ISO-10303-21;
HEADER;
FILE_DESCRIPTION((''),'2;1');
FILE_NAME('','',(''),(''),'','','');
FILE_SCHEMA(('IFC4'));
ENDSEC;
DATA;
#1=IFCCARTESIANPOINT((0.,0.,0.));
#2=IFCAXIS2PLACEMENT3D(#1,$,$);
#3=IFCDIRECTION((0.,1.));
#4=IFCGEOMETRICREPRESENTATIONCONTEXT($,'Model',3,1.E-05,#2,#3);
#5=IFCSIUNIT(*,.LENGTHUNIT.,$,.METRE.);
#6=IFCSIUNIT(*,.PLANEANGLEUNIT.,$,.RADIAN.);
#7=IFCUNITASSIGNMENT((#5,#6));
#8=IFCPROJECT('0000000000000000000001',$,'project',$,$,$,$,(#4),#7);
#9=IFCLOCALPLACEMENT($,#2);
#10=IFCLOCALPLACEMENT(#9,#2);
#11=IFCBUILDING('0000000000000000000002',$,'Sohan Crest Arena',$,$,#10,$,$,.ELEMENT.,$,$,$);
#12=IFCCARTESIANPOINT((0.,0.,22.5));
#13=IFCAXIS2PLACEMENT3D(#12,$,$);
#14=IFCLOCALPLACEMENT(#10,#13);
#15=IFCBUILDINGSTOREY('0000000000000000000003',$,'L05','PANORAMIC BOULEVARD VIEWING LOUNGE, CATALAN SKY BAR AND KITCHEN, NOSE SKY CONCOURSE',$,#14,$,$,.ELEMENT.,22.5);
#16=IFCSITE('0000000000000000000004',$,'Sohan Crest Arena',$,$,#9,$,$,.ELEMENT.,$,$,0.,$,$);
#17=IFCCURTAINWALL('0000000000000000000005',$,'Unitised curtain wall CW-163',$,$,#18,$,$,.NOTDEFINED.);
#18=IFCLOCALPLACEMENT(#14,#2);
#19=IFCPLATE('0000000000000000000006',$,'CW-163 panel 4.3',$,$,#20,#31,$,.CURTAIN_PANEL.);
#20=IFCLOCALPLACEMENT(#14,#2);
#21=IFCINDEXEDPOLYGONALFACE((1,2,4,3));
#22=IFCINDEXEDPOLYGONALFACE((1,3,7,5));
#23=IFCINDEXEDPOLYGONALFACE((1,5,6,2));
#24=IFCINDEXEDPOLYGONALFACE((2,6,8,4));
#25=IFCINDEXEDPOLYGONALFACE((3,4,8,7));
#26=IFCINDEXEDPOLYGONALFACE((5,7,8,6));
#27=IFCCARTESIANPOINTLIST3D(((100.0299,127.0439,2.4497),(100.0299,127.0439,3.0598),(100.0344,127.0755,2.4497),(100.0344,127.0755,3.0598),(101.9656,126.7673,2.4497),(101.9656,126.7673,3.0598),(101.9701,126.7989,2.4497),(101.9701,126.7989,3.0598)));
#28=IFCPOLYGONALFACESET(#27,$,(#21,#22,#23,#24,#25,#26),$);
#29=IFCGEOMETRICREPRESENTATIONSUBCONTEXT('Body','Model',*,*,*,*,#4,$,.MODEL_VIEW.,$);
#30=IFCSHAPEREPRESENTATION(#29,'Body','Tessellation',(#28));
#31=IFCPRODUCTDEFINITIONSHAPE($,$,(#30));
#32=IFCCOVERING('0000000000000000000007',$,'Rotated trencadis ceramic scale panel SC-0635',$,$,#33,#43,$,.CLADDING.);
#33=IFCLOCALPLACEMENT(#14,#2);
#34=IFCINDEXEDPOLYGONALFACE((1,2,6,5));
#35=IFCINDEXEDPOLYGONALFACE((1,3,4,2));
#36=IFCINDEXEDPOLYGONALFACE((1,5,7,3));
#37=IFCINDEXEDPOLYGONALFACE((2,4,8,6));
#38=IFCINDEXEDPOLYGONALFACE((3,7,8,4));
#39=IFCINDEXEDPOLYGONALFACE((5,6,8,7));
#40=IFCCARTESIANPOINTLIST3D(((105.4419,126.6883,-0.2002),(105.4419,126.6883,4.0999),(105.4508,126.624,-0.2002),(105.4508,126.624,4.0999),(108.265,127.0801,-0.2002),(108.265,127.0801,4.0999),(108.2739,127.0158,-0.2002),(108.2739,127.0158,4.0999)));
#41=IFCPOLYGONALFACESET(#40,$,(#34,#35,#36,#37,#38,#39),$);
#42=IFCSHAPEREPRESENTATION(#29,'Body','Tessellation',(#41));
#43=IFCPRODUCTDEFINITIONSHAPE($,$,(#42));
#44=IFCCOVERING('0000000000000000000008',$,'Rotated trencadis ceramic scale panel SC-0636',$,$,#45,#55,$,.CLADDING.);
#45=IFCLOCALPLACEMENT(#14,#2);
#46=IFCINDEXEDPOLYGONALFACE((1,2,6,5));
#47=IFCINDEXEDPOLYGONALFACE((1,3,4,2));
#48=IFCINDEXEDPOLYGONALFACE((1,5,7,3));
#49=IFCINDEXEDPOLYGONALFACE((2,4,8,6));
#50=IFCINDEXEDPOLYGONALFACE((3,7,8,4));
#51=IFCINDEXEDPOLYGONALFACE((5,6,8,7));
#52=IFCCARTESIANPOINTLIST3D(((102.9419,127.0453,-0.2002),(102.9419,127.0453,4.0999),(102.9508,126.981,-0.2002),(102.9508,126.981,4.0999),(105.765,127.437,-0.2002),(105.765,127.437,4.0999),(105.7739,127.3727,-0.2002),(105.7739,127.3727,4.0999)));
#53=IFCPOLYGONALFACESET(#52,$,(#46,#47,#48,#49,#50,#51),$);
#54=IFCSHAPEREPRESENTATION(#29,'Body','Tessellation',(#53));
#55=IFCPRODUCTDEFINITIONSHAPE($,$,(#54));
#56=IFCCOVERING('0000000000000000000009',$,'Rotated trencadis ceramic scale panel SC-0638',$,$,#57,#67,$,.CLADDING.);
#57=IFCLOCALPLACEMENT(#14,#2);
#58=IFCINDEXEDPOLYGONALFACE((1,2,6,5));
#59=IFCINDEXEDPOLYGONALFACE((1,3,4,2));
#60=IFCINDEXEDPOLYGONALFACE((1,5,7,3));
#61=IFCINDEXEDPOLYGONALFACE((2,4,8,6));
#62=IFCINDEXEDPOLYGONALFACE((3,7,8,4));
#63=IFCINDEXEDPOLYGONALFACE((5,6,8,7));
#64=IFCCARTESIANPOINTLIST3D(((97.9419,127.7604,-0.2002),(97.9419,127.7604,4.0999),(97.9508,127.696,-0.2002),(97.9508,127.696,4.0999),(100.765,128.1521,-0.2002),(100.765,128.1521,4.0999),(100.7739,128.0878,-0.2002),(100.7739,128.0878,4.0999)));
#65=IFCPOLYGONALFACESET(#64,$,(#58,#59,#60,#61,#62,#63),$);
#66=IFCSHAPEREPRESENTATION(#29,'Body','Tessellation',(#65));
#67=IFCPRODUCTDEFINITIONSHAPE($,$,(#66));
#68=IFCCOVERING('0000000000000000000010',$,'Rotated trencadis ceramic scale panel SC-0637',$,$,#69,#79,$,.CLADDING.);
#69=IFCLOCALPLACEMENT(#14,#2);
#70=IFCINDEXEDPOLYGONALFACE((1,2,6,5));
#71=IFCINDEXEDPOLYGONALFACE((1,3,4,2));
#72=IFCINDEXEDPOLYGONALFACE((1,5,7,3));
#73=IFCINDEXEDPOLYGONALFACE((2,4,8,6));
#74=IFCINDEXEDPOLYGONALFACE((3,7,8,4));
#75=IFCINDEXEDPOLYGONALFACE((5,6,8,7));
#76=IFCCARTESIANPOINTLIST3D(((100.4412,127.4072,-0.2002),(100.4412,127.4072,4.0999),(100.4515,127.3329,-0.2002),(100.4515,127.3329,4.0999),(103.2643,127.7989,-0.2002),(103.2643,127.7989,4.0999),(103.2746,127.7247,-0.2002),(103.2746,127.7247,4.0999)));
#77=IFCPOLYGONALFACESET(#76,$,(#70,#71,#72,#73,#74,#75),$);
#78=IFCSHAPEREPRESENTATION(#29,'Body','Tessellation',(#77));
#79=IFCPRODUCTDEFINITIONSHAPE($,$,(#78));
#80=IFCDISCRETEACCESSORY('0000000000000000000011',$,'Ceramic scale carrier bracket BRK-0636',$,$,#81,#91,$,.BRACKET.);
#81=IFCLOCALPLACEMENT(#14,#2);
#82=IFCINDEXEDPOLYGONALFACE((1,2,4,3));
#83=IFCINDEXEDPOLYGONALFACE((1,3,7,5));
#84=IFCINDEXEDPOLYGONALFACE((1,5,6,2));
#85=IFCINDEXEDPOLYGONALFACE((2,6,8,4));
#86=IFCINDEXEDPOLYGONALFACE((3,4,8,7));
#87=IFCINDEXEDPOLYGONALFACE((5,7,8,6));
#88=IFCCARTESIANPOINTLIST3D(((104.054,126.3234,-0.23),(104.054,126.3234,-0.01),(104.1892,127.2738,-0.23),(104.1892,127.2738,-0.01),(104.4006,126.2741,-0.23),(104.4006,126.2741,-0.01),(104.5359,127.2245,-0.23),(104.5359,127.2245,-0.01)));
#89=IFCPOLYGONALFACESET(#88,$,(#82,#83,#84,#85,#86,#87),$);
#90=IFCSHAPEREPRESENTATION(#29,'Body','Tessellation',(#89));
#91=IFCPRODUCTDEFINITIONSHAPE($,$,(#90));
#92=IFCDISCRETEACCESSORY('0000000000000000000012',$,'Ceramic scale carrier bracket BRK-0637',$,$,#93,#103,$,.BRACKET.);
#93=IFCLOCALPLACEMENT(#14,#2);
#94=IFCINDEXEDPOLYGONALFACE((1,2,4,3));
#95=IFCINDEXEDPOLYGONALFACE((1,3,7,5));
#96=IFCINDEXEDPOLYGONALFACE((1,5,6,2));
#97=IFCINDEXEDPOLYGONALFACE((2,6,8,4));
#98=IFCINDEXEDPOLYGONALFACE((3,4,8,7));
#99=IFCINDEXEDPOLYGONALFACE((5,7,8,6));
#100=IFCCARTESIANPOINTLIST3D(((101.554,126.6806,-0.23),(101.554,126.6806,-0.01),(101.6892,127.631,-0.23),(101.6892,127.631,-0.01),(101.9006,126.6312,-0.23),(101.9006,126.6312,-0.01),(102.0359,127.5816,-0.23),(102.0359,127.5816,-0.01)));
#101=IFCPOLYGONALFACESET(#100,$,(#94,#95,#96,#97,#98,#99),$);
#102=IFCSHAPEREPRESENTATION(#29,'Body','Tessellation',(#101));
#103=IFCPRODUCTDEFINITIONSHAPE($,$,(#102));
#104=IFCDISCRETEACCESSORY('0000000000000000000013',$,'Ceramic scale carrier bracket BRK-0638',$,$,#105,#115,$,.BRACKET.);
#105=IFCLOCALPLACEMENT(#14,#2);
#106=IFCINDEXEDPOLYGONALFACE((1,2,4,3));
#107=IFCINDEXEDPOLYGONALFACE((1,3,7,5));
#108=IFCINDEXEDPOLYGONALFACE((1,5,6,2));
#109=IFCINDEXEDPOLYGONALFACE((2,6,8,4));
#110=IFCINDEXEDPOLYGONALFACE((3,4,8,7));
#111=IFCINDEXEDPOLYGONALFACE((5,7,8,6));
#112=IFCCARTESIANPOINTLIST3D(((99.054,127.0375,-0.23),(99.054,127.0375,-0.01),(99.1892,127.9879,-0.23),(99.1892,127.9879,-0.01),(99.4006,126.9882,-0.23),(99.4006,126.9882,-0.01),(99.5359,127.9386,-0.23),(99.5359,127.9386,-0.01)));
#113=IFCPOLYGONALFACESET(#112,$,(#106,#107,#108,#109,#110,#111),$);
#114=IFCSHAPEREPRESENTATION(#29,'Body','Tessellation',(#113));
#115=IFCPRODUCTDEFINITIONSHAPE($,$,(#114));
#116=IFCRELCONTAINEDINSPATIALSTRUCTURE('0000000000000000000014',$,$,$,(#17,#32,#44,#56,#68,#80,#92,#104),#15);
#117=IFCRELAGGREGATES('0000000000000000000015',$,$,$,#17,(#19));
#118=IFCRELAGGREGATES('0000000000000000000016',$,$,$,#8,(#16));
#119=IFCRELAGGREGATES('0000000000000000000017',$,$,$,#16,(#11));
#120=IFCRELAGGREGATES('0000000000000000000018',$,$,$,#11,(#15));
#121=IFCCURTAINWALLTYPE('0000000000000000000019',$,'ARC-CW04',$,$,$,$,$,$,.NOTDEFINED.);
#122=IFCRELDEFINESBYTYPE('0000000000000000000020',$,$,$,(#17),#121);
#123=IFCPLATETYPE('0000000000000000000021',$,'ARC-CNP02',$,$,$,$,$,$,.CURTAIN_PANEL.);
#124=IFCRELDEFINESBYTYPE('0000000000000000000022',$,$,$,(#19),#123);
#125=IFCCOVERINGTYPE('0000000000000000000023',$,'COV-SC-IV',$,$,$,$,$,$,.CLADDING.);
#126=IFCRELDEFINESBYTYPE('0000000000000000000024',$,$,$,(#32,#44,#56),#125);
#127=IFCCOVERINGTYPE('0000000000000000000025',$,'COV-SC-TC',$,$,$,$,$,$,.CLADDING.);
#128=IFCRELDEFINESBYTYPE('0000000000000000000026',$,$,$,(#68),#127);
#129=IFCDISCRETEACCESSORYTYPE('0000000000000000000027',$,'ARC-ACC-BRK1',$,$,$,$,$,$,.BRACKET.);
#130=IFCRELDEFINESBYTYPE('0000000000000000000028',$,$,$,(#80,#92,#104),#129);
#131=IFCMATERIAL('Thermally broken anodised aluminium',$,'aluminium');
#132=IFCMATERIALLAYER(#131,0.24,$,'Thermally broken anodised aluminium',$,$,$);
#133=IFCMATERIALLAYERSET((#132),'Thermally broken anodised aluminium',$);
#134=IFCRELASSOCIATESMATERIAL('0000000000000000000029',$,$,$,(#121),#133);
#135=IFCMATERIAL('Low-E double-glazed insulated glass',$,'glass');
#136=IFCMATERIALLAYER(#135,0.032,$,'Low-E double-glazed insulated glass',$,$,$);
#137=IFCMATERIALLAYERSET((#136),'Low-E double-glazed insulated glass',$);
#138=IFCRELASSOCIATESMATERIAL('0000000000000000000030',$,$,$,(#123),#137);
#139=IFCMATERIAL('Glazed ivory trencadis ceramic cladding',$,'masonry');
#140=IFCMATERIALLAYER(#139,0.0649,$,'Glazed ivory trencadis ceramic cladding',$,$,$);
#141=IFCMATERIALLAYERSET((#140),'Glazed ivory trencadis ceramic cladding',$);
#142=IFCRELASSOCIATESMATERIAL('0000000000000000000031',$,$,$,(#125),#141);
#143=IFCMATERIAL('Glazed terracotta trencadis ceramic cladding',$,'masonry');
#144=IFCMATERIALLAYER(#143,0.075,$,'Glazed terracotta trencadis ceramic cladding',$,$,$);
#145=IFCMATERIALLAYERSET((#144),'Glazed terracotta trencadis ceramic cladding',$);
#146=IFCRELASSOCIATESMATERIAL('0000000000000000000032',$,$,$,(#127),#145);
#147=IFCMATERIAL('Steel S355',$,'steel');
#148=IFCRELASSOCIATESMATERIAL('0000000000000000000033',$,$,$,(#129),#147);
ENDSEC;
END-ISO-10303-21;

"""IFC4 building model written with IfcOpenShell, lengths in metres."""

from ifc_helpers import new_model, si_unit, direction, frame, origin, origin_2d, place, context, subcontext, project, spatial, rectangle, extrude, material, layer, layer_set, type_object, element, aggregate, save


model = new_model("IFC4")

# Units and contexts
model_context = context("Model", 3, precision=1e-05, world=origin(), true_north=direction((0.0, 1.0)))
body_context = subcontext(model_context, "Body", "Model", "MODEL_VIEW")
ifc_project = project(units=[si_unit("LENGTHUNIT", "METRE"), si_unit("PLANEANGLEUNIT", "RADIAN")], contexts=[model_context])

# Site, building, storey
site_placement = place(None, origin())
site = spatial("IfcSite", under=ifc_project, at=site_placement, Name="Sohan Crest Arena", CompositionType="ELEMENT", RefElevation=0.0)
building_placement = place(site_placement, origin())
building = spatial("IfcBuilding", under=site, at=building_placement, Name="Sohan Crest Arena", CompositionType="ELEMENT")
storey_placement = place(building_placement, frame((0.0, 0.0, 22.5)))
storey = spatial("IfcBuildingStorey", under=building, at=storey_placement, Name="L05", Description="PANORAMIC BOULEVARD VIEWING LOUNGE, CATALAN SKY BAR AND KITCHEN, NOSE SKY CONCOURSE", CompositionType="ELEMENT", Elevation=22.5)

# Curtain wall, plate
ifc_material_1 = material(Name="Thermally broken anodised aluminium", Category="aluminium")
ifc_layer_1 = layer(ifc_material_1, 0.24, Name="Thermally broken anodised aluminium")
ifc_layer_set_1 = layer_set([ifc_layer_1], Name="Thermally broken anodised aluminium")
curtain_wall_type = type_object("IfcCurtainWallType", Name="ARC-CW04", PredefinedType="NOTDEFINED", material=ifc_layer_set_1)
curtain_wall_placement = place(storey_placement, origin())
curtain_wall = element("IfcCurtainWall", 1, at=curtain_wall_placement, inside=storey, type_object=curtain_wall_type, Name="Unitised curtain wall CW-163", PredefinedType="NOTDEFINED")
ifc_material_2 = material(Name="Low-E double-glazed insulated glass", Category="glass")
ifc_layer_2 = layer(ifc_material_2, 0.032, Name="Low-E double-glazed insulated glass")
ifc_layer_set_2 = layer_set([ifc_layer_2], Name="Low-E double-glazed insulated glass")
plate_type = type_object("IfcPlateType", Name="ARC-CNP02", PredefinedType="CURTAIN_PANEL", material=ifc_layer_set_2)
plate_1_placement = place(storey_placement, frame((101.0, 126.9214, 2.4497), z_axis=(0.0, 0.0, 1.0), x_axis=(-0.989944, 0.141463, 0.0)))
plate_1 = element("IfcPlate", 2, at=plate_1_placement, type_object=plate_type, Name="CW-163 panel 4.3", PredefinedType="CURTAIN_PANEL", context=body_context, shape_type="SweptSolid", body=[
    extrude(rectangle(XDim=1.9553, YDim=0.032, at=origin_2d()), origin(), (0.0, 0.0, 1.0), 0.6101),
])
aggregate(curtain_wall, [plate_1])

# Coverings
ifc_material_3 = material(Name="Glazed ivory trencadis ceramic cladding", Category="masonry")
ifc_layer_3 = layer(ifc_material_3, 0.0649, Name="Glazed ivory trencadis ceramic cladding")
ifc_layer_set_3 = layer_set([ifc_layer_3], Name="Glazed ivory trencadis ceramic cladding")
covering_type_1 = type_object("IfcCoveringType", Name="COV-SC-IV", PredefinedType="CLADDING", material=ifc_layer_set_3)
for number, where, z_axis, x_axis, name in (
    (3, (106.8579, 126.8521, -0.2002), (0.0, 0.0, 1.0), (-0.990509, -0.137445, 0.0), "Rotated trencadis ceramic scale panel SC-0635"),
    (4, (104.3579, 127.209, -0.2002), (0.0, 0.0, 1.0), (-0.990509, -0.137445, 0.0), "Rotated trencadis ceramic scale panel SC-0636"),
    (5, (99.3579, 127.9241, -0.2002), (0.0, 0.0, 1.0), (-0.990509, -0.137445, 0.0), "Rotated trencadis ceramic scale panel SC-0638"),
):
    element("IfcCovering", number, at=place(storey_placement, frame(where, z_axis=z_axis, x_axis=x_axis)), inside=storey, type_object=covering_type_1, Name=name, PredefinedType="CLADDING", context=body_context, shape_type="SweptSolid", body=[
        extrude(rectangle(XDim=2.8501, YDim=0.0649, at=origin_2d()), origin(), (0.0, 0.0, 1.0), 4.3),
    ])
ifc_material_4 = material(Name="Glazed terracotta trencadis ceramic cladding", Category="masonry")
ifc_layer_4 = layer(ifc_material_4, 0.075, Name="Glazed terracotta trencadis ceramic cladding")
ifc_layer_set_4 = layer_set([ifc_layer_4], Name="Glazed terracotta trencadis ceramic cladding")
covering_type_2 = type_object("IfcCoveringType", Name="COV-SC-TC", PredefinedType="CLADDING", material=ifc_layer_set_4)
covering_placement = place(storey_placement, frame((101.8579, 127.5659, -0.2002), z_axis=(0.0, 0.0, 1.0), x_axis=(-0.990509, -0.137445, 0.0)))
element("IfcCovering", 6, at=covering_placement, inside=storey, type_object=covering_type_2, Name="Rotated trencadis ceramic scale panel SC-0637", PredefinedType="CLADDING", context=body_context, shape_type="SweptSolid", body=[
    extrude(rectangle(XDim=2.8501, YDim=0.075, at=origin_2d()), origin(), (0.0, 0.0, 1.0), 4.3),
])

# Discrete accessories
ifc_material_5 = material(Name="Steel S355", Category="steel")
discrete_accessory_type = type_object("IfcDiscreteAccessoryType", Name="ARC-ACC-BRK1", PredefinedType="BRACKET", material=ifc_material_5)
for number, where, z_axis, x_axis, name in (
    (7, (104.2949, 126.7739, -0.23), (0.0, 0.0, 1.0), (-0.990024, 0.140901, 0.0), "Ceramic scale carrier bracket BRK-0636"),
    (8, (101.7949, 127.1311, -0.23), (0.0, 0.0, 1.0), (-0.990024, 0.140901, 0.0), "Ceramic scale carrier bracket BRK-0637"),
    (9, (99.2949, 127.488, -0.23), (0.0, 0.0, 1.0), (-0.990024, 0.140901, 0.0), "Ceramic scale carrier bracket BRK-0638"),
):
    element("IfcDiscreteAccessory", number, at=place(storey_placement, frame(where, z_axis=z_axis, x_axis=x_axis)), inside=storey, type_object=discrete_accessory_type, Name=name, PredefinedType="BRACKET", context=body_context, shape_type="SweptSolid", body=[
        extrude(rectangle(XDim=0.3501, YDim=0.96, at=origin_2d()), origin(), (0.0, 0.0, 1.0), 0.22),
    ])

save(model, "model.ifc")
